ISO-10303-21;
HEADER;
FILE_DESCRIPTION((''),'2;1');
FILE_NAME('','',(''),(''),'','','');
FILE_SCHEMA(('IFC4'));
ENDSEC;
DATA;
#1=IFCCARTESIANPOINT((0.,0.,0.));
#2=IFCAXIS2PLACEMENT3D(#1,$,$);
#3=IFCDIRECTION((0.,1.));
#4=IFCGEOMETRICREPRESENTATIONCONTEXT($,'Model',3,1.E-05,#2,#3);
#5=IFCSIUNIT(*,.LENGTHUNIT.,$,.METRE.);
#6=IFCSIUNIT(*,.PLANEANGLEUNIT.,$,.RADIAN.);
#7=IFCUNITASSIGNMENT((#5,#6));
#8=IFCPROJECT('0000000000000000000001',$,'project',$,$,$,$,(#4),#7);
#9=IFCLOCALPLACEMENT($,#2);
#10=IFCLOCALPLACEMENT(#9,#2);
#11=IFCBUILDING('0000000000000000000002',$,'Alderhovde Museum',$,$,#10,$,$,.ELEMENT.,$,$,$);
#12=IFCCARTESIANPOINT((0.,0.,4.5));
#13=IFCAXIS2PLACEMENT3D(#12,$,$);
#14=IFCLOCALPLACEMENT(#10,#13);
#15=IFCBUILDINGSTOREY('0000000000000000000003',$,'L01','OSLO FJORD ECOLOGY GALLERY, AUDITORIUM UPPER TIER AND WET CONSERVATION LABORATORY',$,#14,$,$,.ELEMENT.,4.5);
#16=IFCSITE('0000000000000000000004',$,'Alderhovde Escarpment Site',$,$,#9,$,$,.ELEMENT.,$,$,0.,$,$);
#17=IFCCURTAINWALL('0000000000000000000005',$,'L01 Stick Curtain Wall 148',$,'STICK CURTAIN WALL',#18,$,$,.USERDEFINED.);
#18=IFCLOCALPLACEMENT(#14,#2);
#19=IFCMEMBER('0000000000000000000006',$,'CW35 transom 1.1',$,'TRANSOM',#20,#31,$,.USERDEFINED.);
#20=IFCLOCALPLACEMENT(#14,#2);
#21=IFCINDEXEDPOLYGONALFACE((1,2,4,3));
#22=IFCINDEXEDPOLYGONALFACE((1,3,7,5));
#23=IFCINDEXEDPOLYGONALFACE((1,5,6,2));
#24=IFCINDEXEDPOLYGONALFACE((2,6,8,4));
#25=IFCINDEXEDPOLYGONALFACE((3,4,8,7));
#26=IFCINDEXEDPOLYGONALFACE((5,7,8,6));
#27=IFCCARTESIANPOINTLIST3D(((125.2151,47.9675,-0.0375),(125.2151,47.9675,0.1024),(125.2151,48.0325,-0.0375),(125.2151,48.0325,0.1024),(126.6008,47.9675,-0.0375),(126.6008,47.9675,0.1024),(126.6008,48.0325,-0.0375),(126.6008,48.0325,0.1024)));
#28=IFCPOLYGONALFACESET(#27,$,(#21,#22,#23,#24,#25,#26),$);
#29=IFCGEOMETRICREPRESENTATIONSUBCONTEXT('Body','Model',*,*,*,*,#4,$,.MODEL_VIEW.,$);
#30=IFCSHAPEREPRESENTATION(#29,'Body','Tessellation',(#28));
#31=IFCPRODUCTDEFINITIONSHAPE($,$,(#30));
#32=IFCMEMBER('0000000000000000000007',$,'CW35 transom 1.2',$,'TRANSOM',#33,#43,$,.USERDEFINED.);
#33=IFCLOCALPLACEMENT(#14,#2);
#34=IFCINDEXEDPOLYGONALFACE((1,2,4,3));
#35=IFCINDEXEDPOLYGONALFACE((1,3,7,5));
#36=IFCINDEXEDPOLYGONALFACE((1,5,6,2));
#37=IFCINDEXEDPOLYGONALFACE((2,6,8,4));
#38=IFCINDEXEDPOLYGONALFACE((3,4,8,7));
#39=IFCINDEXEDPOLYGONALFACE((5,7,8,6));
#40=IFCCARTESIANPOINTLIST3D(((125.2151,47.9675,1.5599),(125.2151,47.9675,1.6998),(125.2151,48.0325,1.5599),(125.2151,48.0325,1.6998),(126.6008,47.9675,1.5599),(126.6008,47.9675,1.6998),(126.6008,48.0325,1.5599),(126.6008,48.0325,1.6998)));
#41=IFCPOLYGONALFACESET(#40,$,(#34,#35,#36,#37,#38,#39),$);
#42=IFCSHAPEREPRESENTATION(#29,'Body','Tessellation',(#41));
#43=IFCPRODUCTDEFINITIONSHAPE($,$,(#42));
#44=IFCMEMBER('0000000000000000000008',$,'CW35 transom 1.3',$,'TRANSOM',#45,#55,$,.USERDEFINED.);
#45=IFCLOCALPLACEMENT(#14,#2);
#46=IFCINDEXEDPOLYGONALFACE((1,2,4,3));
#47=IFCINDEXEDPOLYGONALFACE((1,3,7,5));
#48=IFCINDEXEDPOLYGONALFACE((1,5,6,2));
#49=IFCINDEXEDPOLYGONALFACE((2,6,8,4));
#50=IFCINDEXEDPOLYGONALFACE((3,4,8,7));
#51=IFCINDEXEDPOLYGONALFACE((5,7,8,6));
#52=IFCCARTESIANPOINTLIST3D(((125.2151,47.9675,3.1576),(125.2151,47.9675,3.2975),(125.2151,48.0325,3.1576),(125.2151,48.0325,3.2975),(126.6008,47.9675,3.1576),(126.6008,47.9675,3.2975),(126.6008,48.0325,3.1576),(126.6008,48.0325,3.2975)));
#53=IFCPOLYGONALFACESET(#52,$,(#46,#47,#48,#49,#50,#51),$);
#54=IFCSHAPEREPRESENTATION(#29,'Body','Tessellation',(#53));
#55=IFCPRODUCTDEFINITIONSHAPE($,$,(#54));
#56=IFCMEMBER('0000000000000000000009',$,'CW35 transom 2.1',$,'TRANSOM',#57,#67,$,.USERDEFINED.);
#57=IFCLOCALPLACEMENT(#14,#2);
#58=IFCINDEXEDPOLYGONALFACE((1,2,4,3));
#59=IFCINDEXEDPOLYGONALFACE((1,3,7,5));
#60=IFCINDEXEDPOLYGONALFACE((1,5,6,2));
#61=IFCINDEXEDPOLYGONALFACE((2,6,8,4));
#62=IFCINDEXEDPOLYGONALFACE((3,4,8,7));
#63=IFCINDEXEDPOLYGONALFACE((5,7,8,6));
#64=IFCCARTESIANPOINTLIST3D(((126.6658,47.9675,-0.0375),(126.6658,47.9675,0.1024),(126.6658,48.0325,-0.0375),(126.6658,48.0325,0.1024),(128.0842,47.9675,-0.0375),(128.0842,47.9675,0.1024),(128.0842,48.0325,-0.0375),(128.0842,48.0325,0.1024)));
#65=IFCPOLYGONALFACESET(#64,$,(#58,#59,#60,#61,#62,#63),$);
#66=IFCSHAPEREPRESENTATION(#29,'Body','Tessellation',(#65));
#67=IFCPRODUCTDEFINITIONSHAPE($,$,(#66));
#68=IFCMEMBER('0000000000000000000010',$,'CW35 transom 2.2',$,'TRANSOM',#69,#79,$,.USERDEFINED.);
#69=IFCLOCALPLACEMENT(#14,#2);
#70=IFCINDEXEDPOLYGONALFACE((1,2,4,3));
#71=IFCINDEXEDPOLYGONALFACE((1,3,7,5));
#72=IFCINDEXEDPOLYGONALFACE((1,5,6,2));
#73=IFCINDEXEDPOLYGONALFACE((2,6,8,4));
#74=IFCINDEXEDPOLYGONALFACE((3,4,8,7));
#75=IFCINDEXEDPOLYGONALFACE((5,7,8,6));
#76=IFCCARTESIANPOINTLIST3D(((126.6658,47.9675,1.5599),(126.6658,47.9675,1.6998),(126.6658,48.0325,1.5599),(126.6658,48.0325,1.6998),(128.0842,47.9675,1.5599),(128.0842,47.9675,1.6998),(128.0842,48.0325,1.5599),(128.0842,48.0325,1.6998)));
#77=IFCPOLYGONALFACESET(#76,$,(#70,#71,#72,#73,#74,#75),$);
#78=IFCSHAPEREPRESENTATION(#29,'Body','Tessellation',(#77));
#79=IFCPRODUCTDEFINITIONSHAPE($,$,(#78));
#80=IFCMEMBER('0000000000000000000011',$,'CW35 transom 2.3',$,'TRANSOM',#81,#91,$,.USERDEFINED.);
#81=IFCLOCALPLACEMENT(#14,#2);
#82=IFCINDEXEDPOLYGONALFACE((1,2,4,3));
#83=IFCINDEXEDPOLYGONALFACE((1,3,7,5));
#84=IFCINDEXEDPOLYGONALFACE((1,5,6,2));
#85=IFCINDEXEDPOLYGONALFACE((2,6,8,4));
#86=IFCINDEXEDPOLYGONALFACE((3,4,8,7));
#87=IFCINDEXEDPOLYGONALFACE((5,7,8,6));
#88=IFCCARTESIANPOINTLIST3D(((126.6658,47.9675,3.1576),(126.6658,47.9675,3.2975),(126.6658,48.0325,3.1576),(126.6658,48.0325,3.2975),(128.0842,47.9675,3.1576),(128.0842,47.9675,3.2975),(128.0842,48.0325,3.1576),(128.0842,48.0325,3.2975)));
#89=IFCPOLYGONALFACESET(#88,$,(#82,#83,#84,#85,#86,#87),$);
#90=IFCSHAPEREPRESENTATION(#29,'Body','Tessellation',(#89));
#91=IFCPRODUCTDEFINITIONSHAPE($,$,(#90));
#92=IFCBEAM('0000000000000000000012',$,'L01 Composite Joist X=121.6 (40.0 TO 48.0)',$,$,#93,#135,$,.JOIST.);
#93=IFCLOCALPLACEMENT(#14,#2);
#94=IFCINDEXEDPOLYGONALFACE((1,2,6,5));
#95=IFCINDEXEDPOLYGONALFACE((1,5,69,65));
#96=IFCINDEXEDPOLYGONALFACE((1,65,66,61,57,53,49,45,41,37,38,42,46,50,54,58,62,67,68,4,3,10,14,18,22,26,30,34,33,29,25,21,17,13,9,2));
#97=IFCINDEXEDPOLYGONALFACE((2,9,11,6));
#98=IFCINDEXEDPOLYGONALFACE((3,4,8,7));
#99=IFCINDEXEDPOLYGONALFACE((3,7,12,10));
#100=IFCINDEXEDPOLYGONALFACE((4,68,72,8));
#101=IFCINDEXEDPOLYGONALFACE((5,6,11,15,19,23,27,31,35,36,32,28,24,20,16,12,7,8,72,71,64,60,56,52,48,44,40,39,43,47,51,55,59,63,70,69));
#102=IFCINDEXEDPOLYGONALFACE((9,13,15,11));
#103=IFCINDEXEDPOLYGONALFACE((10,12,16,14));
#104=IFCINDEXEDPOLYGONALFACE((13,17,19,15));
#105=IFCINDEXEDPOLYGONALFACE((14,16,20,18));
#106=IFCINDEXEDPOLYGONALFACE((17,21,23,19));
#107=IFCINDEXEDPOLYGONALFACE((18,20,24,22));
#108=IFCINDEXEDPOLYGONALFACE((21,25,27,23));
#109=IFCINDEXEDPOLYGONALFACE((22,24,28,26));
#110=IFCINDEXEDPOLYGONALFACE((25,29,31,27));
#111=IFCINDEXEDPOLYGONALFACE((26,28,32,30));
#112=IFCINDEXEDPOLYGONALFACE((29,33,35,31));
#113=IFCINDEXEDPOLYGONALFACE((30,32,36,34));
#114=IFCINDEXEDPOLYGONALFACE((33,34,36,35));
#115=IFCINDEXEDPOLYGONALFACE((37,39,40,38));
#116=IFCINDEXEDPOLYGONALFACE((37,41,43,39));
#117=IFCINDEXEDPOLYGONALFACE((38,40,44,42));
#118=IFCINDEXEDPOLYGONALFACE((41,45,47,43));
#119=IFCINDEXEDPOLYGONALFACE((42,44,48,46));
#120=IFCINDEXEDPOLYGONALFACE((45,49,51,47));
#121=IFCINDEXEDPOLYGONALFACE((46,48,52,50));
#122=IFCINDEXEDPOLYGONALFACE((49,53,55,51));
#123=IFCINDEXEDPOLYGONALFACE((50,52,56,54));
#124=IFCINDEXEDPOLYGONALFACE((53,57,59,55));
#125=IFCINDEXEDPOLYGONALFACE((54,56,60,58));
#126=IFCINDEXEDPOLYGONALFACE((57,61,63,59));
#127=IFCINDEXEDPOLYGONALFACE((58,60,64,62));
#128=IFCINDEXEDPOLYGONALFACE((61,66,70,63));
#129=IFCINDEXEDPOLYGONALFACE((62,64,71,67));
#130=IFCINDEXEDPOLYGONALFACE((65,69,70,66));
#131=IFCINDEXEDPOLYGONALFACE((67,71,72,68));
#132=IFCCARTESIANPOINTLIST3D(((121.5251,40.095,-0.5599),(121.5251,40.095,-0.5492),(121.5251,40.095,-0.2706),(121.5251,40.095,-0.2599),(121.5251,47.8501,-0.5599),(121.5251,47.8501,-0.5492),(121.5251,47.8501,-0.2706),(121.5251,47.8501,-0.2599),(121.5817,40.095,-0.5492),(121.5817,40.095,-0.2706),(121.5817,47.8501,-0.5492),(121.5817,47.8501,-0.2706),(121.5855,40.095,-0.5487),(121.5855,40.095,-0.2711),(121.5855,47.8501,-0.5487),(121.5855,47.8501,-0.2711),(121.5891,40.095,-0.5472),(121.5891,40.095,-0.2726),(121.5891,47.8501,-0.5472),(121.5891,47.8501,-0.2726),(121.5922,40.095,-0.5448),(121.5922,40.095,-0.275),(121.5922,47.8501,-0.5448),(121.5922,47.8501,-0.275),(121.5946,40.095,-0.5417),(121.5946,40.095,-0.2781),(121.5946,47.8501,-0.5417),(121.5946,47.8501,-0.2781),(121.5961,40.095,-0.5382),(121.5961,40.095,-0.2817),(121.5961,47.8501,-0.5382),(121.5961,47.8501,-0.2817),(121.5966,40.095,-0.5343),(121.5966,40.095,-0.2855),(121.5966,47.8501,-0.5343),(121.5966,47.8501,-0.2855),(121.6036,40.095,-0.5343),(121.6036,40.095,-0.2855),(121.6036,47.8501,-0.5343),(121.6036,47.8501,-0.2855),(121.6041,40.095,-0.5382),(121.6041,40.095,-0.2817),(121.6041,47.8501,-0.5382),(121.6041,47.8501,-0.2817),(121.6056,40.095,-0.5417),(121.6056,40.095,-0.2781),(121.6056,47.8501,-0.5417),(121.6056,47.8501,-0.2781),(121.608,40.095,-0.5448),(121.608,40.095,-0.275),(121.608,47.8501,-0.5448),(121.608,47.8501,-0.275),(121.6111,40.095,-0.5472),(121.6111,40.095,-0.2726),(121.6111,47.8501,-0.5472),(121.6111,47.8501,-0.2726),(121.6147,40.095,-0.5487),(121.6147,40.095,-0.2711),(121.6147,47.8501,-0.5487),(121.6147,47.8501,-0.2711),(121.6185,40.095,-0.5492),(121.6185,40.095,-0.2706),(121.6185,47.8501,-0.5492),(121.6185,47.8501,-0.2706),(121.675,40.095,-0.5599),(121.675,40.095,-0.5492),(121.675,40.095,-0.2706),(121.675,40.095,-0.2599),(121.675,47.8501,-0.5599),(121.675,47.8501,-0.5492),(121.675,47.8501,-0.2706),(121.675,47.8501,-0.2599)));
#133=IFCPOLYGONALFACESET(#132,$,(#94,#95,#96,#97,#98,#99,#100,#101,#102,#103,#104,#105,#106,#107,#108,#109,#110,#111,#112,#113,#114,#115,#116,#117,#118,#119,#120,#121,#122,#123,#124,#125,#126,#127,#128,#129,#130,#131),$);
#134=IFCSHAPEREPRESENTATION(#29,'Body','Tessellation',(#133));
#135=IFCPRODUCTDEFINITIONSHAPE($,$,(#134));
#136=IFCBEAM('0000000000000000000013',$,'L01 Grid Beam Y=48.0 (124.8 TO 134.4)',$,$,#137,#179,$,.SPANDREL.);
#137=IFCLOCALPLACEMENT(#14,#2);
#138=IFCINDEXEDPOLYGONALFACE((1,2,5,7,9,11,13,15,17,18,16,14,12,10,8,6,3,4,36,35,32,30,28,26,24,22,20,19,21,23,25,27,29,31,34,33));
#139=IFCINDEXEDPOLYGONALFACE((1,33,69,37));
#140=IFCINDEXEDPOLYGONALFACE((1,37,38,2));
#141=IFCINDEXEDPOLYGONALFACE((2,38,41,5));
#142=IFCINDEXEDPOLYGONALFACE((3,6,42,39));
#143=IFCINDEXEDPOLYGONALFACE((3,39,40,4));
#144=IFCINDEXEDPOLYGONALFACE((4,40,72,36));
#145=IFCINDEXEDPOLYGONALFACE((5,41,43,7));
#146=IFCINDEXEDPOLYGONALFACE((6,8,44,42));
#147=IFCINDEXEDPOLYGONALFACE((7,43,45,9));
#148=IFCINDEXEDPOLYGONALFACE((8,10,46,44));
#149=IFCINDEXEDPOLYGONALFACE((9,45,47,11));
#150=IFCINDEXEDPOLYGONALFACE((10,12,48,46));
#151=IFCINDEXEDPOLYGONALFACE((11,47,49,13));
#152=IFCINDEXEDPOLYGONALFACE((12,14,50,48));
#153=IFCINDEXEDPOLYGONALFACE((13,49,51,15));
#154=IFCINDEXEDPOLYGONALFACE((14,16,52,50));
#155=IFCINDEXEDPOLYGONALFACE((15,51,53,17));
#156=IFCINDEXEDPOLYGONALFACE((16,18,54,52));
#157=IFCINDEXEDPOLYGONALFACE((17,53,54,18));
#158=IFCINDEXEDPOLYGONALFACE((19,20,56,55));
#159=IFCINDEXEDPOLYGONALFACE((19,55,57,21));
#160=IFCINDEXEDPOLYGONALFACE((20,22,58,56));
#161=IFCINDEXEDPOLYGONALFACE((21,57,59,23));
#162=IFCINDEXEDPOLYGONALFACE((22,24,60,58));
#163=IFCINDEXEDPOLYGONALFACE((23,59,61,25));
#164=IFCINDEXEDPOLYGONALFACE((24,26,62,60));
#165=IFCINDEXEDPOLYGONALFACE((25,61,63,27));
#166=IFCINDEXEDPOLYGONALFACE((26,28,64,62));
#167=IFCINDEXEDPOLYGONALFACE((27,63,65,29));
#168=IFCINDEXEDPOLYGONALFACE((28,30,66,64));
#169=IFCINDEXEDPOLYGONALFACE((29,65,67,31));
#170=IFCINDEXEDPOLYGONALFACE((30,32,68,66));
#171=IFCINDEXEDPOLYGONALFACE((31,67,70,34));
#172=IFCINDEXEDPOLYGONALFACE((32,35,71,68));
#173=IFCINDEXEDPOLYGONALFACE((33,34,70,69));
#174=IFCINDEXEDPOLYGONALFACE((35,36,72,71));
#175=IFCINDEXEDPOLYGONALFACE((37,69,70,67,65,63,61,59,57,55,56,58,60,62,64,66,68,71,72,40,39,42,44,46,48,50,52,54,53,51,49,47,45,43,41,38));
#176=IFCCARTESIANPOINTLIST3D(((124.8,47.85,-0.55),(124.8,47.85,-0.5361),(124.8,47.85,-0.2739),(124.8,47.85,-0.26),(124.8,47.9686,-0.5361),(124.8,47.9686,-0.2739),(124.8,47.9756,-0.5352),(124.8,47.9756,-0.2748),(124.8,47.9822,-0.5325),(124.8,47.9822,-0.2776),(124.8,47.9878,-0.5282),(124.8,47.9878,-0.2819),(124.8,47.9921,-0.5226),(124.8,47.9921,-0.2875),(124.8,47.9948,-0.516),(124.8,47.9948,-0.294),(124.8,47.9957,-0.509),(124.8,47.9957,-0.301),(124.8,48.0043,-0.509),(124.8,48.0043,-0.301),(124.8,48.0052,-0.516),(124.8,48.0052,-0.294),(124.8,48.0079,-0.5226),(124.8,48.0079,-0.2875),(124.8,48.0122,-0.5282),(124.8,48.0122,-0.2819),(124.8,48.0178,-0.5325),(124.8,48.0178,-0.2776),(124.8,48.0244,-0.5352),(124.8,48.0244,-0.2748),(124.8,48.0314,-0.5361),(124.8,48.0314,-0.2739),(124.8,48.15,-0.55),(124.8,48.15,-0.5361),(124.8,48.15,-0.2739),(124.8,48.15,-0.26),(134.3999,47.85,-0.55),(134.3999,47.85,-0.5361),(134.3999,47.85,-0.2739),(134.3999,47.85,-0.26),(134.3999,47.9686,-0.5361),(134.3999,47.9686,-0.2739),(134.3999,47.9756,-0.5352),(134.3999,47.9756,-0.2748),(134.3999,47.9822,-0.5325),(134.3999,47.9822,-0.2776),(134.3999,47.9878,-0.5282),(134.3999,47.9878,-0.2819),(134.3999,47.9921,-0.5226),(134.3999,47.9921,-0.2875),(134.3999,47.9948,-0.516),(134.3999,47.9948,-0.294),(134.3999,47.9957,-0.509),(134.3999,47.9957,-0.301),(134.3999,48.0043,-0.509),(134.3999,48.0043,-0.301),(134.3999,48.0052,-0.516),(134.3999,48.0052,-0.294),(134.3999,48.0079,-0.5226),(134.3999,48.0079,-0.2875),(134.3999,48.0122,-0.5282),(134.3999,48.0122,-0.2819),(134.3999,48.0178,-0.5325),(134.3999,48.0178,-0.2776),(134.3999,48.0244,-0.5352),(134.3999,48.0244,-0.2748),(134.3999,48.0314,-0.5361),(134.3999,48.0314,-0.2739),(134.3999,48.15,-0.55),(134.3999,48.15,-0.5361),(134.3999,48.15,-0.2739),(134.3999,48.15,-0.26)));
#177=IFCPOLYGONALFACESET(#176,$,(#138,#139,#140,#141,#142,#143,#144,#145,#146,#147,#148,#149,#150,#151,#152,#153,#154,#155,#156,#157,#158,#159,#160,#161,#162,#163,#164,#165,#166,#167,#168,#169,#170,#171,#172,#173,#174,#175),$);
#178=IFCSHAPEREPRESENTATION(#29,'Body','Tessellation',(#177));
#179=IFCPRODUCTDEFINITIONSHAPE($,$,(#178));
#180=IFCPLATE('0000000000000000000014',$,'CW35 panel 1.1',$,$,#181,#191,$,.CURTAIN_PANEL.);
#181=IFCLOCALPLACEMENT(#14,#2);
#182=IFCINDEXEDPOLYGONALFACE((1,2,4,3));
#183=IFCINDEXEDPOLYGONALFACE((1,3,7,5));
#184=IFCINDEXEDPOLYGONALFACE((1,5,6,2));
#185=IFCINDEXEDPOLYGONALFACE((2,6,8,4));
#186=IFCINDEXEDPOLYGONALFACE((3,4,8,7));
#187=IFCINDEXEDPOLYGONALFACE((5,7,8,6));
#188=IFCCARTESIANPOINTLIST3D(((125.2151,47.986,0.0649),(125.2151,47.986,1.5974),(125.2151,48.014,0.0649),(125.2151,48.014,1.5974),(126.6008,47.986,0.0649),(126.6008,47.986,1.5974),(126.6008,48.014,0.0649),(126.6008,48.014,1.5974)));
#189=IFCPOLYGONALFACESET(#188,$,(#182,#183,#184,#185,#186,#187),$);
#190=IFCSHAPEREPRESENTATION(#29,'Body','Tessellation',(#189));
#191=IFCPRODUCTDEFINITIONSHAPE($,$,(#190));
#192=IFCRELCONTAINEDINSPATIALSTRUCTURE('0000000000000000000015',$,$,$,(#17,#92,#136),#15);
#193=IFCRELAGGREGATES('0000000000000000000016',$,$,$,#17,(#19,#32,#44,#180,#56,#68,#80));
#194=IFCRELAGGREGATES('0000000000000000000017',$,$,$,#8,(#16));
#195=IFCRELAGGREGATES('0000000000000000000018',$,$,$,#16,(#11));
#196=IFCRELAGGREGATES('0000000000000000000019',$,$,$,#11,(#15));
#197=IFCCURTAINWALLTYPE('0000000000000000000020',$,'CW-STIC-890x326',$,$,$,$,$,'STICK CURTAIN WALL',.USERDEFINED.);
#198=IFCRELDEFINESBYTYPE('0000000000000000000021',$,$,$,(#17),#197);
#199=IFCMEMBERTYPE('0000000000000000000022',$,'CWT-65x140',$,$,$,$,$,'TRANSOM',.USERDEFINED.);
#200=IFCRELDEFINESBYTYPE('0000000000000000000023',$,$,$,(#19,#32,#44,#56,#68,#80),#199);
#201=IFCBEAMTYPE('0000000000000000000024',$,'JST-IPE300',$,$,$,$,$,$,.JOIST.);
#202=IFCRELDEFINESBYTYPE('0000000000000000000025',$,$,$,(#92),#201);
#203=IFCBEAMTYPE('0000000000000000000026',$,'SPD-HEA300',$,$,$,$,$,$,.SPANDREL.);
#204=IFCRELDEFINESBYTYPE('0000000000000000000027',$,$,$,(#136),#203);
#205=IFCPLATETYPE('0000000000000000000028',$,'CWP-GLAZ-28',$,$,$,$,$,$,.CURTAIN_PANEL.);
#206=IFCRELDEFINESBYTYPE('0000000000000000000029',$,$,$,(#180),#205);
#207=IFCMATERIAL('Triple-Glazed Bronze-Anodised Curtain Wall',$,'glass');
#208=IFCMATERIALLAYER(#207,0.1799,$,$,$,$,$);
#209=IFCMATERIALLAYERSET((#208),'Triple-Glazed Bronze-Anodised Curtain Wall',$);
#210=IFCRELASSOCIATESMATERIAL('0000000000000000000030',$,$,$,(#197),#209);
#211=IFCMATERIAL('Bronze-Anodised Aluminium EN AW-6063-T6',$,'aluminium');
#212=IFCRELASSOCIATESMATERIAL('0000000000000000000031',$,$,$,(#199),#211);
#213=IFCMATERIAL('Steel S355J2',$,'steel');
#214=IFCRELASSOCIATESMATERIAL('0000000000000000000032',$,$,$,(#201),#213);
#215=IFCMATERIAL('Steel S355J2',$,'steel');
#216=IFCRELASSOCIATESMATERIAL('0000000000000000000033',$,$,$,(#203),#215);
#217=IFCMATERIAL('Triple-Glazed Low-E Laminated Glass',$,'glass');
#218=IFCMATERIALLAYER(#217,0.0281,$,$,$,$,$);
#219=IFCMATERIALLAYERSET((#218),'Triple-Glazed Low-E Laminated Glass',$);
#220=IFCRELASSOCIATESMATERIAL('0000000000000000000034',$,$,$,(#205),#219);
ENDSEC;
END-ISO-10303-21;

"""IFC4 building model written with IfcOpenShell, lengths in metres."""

from ifc_helpers import new_model, si_unit, direction, frame, origin, origin_2d, place, context, subcontext, project, spatial, rectangle, i_section, extrude, material, layer, layer_set, material_profile, profile_set, type_object, element, aggregate, save


model = new_model("IFC4")

# Units and contexts
model_context = context("Model", 3, precision=1e-05, world=origin(), true_north=direction((0.0, 1.0)))
body_context = subcontext(model_context, "Body", "Model", "MODEL_VIEW")
ifc_project = project(units=[si_unit("LENGTHUNIT", "METRE"), si_unit("PLANEANGLEUNIT", "RADIAN")], contexts=[model_context])

# Site, building, storey
site_placement = place(None, origin())
site = spatial("IfcSite", under=ifc_project, at=site_placement, Name="Alderhovde Escarpment Site", CompositionType="ELEMENT", RefElevation=0.0)
building_placement = place(site_placement, origin())
building = spatial("IfcBuilding", under=site, at=building_placement, Name="Alderhovde Museum", CompositionType="ELEMENT")
storey_placement = place(building_placement, frame((0.0, 0.0, 4.5)))
storey = spatial("IfcBuildingStorey", under=building, at=storey_placement, Name="L01", Description="OSLO FJORD ECOLOGY GALLERY, AUDITORIUM UPPER TIER AND WET CONSERVATION LABORATORY", CompositionType="ELEMENT", Elevation=4.5)

# Curtain wall
ifc_material_1 = material(Name="Triple-Glazed Bronze-Anodised Curtain Wall", Category="glass")
ifc_layer_1 = layer(ifc_material_1, 0.1799)
ifc_layer_set_1 = layer_set([ifc_layer_1], Name="Triple-Glazed Bronze-Anodised Curtain Wall")
curtain_wall_type = type_object("IfcCurtainWallType", Name="CW-STIC-890x326", ElementType="STICK CURTAIN WALL", PredefinedType="USERDEFINED", material=ifc_layer_set_1)
curtain_wall_1_placement = place(storey_placement, origin())
curtain_wall_1 = element("IfcCurtainWall", 1, at=curtain_wall_1_placement, inside=storey, type_object=curtain_wall_type, Name="L01 Stick Curtain Wall 148", ObjectType="STICK CURTAIN WALL", PredefinedType="USERDEFINED")

# Members
ifc_material_2 = material(Name="Bronze-Anodised Aluminium EN AW-6063-T6", Category="aluminium")
ifc_material_profile_1 = material_profile(ifc_material_2, rectangle(XDim=0.0649, YDim=0.1399, at=origin_2d()), Name="TRANSOM 65x140")
ifc_profile_set_1 = profile_set([ifc_material_profile_1], Name="Bronze-Anodised Aluminium EN AW-6063-T6")
member_type_1 = type_object("IfcMemberType", Name="CWT-65x140", ElementType="TRANSOM", PredefinedType="USERDEFINED", material=ifc_profile_set_1)
member_1_placement = place(storey_placement, frame((125.2151, 48.0, 0.0325), z_axis=(1.0, 0.0, 0.0), x_axis=(0.0, 1.0, 0.0)))
member_1 = element("IfcMember", 2, at=member_1_placement, type_object=member_type_1, Name="CW35 transom 1.1", ObjectType="TRANSOM", PredefinedType="USERDEFINED", context=body_context, shape_type="SweptSolid", body=[
    extrude(rectangle(XDim=0.0649, YDim=0.1399, at=origin_2d()), origin(), (0.0, 0.0, 1.0), 1.3857),
])
member_2_placement = place(storey_placement, frame((125.2151, 48.0, 1.6299), z_axis=(1.0, 0.0, 0.0), x_axis=(0.0, 1.0, 0.0)))
member_2 = element("IfcMember", 3, at=member_2_placement, type_object=member_type_1, Name="CW35 transom 1.2", ObjectType="TRANSOM", PredefinedType="USERDEFINED", context=body_context, shape_type="SweptSolid", body=[
    extrude(rectangle(XDim=0.0649, YDim=0.1399, at=origin_2d()), origin(), (0.0, 0.0, 1.0), 1.3857),
])
member_3_placement = place(storey_placement, frame((125.2151, 48.0, 3.2275), z_axis=(1.0, 0.0, 0.0), x_axis=(0.0, 1.0, 0.0)))
member_3 = element("IfcMember", 4, at=member_3_placement, type_object=member_type_1, Name="CW35 transom 1.3", ObjectType="TRANSOM", PredefinedType="USERDEFINED", context=body_context, shape_type="SweptSolid", body=[
    extrude(rectangle(XDim=0.0649, YDim=0.1399, at=origin_2d()), origin(), (0.0, 0.0, 1.0), 1.3857),
])
member_4_placement = place(storey_placement, frame((126.6658, 48.0, 0.0325), z_axis=(1.0, 0.0, 0.0), x_axis=(0.0, 1.0, 0.0)))
member_4 = element("IfcMember", 5, at=member_4_placement, type_object=member_type_1, Name="CW35 transom 2.1", ObjectType="TRANSOM", PredefinedType="USERDEFINED", context=body_context, shape_type="SweptSolid", body=[
    extrude(rectangle(XDim=0.0649, YDim=0.1399, at=origin_2d()), origin(), (0.0, 0.0, 1.0), 1.4185),
])
member_5_placement = place(storey_placement, frame((126.6658, 48.0, 1.6299), z_axis=(1.0, 0.0, 0.0), x_axis=(0.0, 1.0, 0.0)))
member_5 = element("IfcMember", 6, at=member_5_placement, type_object=member_type_1, Name="CW35 transom 2.2", ObjectType="TRANSOM", PredefinedType="USERDEFINED", context=body_context, shape_type="SweptSolid", body=[
    extrude(rectangle(XDim=0.0649, YDim=0.1399, at=origin_2d()), origin(), (0.0, 0.0, 1.0), 1.4185),
])
member_6_placement = place(storey_placement, frame((126.6658, 48.0, 3.2275), z_axis=(1.0, 0.0, 0.0), x_axis=(0.0, 1.0, 0.0)))
member_6 = element("IfcMember", 7, at=member_6_placement, type_object=member_type_1, Name="CW35 transom 2.3", ObjectType="TRANSOM", PredefinedType="USERDEFINED", context=body_context, shape_type="SweptSolid", body=[
    extrude(rectangle(XDim=0.0649, YDim=0.1399, at=origin_2d()), origin(), (0.0, 0.0, 1.0), 1.4185),
])

# Beams
ifc_material_3 = material(Name="Steel S355J2", Category="steel")
ifc_material_profile_2 = material_profile(ifc_material_3, i_section(OverallWidth=0.1499, OverallDepth=0.3, WebThickness=0.0071, FlangeThickness=0.0107, FilletRadius=0.0149, at=origin_2d()), Name="IPE 300")
ifc_profile_set_2 = profile_set([ifc_material_profile_2], Name="Steel S355J2")
beam_type_1 = type_object("IfcBeamType", Name="JST-IPE300", PredefinedType="JOIST", material=ifc_profile_set_2)
beam_1_placement = place(storey_placement, frame((121.6001, 40.095, -0.4099), z_axis=(0.0, 1.0, 0.0), x_axis=(-1.0, 0.0, 0.0)))
element("IfcBeam", 8, at=beam_1_placement, inside=storey, type_object=beam_type_1, Name="L01 Composite Joist X=121.6 (40.0 TO 48.0)", PredefinedType="JOIST", context=body_context, shape_type="SweptSolid", body=[
    extrude(i_section(OverallWidth=0.1499, OverallDepth=0.3, WebThickness=0.0071, FlangeThickness=0.0107, FilletRadius=0.0149, at=origin_2d()), origin(), (0.0, 0.0, 1.0), 7.7551),
])
ifc_material_4 = material(Name="Steel S355J2", Category="steel")
ifc_material_profile_3 = material_profile(ifc_material_4, i_section(OverallWidth=0.3, OverallDepth=0.29, WebThickness=0.0085, FlangeThickness=0.0139, FilletRadius=0.0271, at=origin_2d()), Name="HEA 300")
ifc_profile_set_3 = profile_set([ifc_material_profile_3], Name="Steel S355J2")
beam_type_2 = type_object("IfcBeamType", Name="SPD-HEA300", PredefinedType="SPANDREL", material=ifc_profile_set_3)
beam_2_placement = place(storey_placement, frame((124.8, 48.0, -0.405), z_axis=(1.0, 0.0, 0.0), x_axis=(0.0, 1.0, 0.0)))
element("IfcBeam", 9, at=beam_2_placement, inside=storey, type_object=beam_type_2, Name="L01 Grid Beam Y=48.0 (124.8 TO 134.4)", PredefinedType="SPANDREL", context=body_context, shape_type="SweptSolid", body=[
    extrude(i_section(OverallWidth=0.3, OverallDepth=0.29, WebThickness=0.0085, FlangeThickness=0.0139, FilletRadius=0.0271, at=origin_2d()), origin(), (0.0, 0.0, 1.0), 9.5999),
])

# Plate
ifc_material_5 = material(Name="Triple-Glazed Low-E Laminated Glass", Category="glass")
ifc_layer_2 = layer(ifc_material_5, 0.0281)
ifc_layer_set_2 = layer_set([ifc_layer_2], Name="Triple-Glazed Low-E Laminated Glass")
plate_type_1 = type_object("IfcPlateType", Name="CWP-GLAZ-28", PredefinedType="CURTAIN_PANEL", material=ifc_layer_set_2)
plate_1_placement = place(storey_placement, frame((125.908, 48.0, 0.0649), z_axis=(0.0, 0.0, 1.0), x_axis=(1.0, 0.0, 0.0)))
plate_1 = element("IfcPlate", 10, at=plate_1_placement, type_object=plate_type_1, Name="CW35 panel 1.1", PredefinedType="CURTAIN_PANEL", context=body_context, shape_type="SweptSolid", body=[
    extrude(rectangle(XDim=1.3857, YDim=0.0281, at=origin_2d()), origin(), (0.0, 0.0, 1.0), 1.5325),
])
aggregate(curtain_wall_1, [member_1, member_2, member_3, plate_1, member_4, member_5, member_6])

save(model, "model.ifc")
